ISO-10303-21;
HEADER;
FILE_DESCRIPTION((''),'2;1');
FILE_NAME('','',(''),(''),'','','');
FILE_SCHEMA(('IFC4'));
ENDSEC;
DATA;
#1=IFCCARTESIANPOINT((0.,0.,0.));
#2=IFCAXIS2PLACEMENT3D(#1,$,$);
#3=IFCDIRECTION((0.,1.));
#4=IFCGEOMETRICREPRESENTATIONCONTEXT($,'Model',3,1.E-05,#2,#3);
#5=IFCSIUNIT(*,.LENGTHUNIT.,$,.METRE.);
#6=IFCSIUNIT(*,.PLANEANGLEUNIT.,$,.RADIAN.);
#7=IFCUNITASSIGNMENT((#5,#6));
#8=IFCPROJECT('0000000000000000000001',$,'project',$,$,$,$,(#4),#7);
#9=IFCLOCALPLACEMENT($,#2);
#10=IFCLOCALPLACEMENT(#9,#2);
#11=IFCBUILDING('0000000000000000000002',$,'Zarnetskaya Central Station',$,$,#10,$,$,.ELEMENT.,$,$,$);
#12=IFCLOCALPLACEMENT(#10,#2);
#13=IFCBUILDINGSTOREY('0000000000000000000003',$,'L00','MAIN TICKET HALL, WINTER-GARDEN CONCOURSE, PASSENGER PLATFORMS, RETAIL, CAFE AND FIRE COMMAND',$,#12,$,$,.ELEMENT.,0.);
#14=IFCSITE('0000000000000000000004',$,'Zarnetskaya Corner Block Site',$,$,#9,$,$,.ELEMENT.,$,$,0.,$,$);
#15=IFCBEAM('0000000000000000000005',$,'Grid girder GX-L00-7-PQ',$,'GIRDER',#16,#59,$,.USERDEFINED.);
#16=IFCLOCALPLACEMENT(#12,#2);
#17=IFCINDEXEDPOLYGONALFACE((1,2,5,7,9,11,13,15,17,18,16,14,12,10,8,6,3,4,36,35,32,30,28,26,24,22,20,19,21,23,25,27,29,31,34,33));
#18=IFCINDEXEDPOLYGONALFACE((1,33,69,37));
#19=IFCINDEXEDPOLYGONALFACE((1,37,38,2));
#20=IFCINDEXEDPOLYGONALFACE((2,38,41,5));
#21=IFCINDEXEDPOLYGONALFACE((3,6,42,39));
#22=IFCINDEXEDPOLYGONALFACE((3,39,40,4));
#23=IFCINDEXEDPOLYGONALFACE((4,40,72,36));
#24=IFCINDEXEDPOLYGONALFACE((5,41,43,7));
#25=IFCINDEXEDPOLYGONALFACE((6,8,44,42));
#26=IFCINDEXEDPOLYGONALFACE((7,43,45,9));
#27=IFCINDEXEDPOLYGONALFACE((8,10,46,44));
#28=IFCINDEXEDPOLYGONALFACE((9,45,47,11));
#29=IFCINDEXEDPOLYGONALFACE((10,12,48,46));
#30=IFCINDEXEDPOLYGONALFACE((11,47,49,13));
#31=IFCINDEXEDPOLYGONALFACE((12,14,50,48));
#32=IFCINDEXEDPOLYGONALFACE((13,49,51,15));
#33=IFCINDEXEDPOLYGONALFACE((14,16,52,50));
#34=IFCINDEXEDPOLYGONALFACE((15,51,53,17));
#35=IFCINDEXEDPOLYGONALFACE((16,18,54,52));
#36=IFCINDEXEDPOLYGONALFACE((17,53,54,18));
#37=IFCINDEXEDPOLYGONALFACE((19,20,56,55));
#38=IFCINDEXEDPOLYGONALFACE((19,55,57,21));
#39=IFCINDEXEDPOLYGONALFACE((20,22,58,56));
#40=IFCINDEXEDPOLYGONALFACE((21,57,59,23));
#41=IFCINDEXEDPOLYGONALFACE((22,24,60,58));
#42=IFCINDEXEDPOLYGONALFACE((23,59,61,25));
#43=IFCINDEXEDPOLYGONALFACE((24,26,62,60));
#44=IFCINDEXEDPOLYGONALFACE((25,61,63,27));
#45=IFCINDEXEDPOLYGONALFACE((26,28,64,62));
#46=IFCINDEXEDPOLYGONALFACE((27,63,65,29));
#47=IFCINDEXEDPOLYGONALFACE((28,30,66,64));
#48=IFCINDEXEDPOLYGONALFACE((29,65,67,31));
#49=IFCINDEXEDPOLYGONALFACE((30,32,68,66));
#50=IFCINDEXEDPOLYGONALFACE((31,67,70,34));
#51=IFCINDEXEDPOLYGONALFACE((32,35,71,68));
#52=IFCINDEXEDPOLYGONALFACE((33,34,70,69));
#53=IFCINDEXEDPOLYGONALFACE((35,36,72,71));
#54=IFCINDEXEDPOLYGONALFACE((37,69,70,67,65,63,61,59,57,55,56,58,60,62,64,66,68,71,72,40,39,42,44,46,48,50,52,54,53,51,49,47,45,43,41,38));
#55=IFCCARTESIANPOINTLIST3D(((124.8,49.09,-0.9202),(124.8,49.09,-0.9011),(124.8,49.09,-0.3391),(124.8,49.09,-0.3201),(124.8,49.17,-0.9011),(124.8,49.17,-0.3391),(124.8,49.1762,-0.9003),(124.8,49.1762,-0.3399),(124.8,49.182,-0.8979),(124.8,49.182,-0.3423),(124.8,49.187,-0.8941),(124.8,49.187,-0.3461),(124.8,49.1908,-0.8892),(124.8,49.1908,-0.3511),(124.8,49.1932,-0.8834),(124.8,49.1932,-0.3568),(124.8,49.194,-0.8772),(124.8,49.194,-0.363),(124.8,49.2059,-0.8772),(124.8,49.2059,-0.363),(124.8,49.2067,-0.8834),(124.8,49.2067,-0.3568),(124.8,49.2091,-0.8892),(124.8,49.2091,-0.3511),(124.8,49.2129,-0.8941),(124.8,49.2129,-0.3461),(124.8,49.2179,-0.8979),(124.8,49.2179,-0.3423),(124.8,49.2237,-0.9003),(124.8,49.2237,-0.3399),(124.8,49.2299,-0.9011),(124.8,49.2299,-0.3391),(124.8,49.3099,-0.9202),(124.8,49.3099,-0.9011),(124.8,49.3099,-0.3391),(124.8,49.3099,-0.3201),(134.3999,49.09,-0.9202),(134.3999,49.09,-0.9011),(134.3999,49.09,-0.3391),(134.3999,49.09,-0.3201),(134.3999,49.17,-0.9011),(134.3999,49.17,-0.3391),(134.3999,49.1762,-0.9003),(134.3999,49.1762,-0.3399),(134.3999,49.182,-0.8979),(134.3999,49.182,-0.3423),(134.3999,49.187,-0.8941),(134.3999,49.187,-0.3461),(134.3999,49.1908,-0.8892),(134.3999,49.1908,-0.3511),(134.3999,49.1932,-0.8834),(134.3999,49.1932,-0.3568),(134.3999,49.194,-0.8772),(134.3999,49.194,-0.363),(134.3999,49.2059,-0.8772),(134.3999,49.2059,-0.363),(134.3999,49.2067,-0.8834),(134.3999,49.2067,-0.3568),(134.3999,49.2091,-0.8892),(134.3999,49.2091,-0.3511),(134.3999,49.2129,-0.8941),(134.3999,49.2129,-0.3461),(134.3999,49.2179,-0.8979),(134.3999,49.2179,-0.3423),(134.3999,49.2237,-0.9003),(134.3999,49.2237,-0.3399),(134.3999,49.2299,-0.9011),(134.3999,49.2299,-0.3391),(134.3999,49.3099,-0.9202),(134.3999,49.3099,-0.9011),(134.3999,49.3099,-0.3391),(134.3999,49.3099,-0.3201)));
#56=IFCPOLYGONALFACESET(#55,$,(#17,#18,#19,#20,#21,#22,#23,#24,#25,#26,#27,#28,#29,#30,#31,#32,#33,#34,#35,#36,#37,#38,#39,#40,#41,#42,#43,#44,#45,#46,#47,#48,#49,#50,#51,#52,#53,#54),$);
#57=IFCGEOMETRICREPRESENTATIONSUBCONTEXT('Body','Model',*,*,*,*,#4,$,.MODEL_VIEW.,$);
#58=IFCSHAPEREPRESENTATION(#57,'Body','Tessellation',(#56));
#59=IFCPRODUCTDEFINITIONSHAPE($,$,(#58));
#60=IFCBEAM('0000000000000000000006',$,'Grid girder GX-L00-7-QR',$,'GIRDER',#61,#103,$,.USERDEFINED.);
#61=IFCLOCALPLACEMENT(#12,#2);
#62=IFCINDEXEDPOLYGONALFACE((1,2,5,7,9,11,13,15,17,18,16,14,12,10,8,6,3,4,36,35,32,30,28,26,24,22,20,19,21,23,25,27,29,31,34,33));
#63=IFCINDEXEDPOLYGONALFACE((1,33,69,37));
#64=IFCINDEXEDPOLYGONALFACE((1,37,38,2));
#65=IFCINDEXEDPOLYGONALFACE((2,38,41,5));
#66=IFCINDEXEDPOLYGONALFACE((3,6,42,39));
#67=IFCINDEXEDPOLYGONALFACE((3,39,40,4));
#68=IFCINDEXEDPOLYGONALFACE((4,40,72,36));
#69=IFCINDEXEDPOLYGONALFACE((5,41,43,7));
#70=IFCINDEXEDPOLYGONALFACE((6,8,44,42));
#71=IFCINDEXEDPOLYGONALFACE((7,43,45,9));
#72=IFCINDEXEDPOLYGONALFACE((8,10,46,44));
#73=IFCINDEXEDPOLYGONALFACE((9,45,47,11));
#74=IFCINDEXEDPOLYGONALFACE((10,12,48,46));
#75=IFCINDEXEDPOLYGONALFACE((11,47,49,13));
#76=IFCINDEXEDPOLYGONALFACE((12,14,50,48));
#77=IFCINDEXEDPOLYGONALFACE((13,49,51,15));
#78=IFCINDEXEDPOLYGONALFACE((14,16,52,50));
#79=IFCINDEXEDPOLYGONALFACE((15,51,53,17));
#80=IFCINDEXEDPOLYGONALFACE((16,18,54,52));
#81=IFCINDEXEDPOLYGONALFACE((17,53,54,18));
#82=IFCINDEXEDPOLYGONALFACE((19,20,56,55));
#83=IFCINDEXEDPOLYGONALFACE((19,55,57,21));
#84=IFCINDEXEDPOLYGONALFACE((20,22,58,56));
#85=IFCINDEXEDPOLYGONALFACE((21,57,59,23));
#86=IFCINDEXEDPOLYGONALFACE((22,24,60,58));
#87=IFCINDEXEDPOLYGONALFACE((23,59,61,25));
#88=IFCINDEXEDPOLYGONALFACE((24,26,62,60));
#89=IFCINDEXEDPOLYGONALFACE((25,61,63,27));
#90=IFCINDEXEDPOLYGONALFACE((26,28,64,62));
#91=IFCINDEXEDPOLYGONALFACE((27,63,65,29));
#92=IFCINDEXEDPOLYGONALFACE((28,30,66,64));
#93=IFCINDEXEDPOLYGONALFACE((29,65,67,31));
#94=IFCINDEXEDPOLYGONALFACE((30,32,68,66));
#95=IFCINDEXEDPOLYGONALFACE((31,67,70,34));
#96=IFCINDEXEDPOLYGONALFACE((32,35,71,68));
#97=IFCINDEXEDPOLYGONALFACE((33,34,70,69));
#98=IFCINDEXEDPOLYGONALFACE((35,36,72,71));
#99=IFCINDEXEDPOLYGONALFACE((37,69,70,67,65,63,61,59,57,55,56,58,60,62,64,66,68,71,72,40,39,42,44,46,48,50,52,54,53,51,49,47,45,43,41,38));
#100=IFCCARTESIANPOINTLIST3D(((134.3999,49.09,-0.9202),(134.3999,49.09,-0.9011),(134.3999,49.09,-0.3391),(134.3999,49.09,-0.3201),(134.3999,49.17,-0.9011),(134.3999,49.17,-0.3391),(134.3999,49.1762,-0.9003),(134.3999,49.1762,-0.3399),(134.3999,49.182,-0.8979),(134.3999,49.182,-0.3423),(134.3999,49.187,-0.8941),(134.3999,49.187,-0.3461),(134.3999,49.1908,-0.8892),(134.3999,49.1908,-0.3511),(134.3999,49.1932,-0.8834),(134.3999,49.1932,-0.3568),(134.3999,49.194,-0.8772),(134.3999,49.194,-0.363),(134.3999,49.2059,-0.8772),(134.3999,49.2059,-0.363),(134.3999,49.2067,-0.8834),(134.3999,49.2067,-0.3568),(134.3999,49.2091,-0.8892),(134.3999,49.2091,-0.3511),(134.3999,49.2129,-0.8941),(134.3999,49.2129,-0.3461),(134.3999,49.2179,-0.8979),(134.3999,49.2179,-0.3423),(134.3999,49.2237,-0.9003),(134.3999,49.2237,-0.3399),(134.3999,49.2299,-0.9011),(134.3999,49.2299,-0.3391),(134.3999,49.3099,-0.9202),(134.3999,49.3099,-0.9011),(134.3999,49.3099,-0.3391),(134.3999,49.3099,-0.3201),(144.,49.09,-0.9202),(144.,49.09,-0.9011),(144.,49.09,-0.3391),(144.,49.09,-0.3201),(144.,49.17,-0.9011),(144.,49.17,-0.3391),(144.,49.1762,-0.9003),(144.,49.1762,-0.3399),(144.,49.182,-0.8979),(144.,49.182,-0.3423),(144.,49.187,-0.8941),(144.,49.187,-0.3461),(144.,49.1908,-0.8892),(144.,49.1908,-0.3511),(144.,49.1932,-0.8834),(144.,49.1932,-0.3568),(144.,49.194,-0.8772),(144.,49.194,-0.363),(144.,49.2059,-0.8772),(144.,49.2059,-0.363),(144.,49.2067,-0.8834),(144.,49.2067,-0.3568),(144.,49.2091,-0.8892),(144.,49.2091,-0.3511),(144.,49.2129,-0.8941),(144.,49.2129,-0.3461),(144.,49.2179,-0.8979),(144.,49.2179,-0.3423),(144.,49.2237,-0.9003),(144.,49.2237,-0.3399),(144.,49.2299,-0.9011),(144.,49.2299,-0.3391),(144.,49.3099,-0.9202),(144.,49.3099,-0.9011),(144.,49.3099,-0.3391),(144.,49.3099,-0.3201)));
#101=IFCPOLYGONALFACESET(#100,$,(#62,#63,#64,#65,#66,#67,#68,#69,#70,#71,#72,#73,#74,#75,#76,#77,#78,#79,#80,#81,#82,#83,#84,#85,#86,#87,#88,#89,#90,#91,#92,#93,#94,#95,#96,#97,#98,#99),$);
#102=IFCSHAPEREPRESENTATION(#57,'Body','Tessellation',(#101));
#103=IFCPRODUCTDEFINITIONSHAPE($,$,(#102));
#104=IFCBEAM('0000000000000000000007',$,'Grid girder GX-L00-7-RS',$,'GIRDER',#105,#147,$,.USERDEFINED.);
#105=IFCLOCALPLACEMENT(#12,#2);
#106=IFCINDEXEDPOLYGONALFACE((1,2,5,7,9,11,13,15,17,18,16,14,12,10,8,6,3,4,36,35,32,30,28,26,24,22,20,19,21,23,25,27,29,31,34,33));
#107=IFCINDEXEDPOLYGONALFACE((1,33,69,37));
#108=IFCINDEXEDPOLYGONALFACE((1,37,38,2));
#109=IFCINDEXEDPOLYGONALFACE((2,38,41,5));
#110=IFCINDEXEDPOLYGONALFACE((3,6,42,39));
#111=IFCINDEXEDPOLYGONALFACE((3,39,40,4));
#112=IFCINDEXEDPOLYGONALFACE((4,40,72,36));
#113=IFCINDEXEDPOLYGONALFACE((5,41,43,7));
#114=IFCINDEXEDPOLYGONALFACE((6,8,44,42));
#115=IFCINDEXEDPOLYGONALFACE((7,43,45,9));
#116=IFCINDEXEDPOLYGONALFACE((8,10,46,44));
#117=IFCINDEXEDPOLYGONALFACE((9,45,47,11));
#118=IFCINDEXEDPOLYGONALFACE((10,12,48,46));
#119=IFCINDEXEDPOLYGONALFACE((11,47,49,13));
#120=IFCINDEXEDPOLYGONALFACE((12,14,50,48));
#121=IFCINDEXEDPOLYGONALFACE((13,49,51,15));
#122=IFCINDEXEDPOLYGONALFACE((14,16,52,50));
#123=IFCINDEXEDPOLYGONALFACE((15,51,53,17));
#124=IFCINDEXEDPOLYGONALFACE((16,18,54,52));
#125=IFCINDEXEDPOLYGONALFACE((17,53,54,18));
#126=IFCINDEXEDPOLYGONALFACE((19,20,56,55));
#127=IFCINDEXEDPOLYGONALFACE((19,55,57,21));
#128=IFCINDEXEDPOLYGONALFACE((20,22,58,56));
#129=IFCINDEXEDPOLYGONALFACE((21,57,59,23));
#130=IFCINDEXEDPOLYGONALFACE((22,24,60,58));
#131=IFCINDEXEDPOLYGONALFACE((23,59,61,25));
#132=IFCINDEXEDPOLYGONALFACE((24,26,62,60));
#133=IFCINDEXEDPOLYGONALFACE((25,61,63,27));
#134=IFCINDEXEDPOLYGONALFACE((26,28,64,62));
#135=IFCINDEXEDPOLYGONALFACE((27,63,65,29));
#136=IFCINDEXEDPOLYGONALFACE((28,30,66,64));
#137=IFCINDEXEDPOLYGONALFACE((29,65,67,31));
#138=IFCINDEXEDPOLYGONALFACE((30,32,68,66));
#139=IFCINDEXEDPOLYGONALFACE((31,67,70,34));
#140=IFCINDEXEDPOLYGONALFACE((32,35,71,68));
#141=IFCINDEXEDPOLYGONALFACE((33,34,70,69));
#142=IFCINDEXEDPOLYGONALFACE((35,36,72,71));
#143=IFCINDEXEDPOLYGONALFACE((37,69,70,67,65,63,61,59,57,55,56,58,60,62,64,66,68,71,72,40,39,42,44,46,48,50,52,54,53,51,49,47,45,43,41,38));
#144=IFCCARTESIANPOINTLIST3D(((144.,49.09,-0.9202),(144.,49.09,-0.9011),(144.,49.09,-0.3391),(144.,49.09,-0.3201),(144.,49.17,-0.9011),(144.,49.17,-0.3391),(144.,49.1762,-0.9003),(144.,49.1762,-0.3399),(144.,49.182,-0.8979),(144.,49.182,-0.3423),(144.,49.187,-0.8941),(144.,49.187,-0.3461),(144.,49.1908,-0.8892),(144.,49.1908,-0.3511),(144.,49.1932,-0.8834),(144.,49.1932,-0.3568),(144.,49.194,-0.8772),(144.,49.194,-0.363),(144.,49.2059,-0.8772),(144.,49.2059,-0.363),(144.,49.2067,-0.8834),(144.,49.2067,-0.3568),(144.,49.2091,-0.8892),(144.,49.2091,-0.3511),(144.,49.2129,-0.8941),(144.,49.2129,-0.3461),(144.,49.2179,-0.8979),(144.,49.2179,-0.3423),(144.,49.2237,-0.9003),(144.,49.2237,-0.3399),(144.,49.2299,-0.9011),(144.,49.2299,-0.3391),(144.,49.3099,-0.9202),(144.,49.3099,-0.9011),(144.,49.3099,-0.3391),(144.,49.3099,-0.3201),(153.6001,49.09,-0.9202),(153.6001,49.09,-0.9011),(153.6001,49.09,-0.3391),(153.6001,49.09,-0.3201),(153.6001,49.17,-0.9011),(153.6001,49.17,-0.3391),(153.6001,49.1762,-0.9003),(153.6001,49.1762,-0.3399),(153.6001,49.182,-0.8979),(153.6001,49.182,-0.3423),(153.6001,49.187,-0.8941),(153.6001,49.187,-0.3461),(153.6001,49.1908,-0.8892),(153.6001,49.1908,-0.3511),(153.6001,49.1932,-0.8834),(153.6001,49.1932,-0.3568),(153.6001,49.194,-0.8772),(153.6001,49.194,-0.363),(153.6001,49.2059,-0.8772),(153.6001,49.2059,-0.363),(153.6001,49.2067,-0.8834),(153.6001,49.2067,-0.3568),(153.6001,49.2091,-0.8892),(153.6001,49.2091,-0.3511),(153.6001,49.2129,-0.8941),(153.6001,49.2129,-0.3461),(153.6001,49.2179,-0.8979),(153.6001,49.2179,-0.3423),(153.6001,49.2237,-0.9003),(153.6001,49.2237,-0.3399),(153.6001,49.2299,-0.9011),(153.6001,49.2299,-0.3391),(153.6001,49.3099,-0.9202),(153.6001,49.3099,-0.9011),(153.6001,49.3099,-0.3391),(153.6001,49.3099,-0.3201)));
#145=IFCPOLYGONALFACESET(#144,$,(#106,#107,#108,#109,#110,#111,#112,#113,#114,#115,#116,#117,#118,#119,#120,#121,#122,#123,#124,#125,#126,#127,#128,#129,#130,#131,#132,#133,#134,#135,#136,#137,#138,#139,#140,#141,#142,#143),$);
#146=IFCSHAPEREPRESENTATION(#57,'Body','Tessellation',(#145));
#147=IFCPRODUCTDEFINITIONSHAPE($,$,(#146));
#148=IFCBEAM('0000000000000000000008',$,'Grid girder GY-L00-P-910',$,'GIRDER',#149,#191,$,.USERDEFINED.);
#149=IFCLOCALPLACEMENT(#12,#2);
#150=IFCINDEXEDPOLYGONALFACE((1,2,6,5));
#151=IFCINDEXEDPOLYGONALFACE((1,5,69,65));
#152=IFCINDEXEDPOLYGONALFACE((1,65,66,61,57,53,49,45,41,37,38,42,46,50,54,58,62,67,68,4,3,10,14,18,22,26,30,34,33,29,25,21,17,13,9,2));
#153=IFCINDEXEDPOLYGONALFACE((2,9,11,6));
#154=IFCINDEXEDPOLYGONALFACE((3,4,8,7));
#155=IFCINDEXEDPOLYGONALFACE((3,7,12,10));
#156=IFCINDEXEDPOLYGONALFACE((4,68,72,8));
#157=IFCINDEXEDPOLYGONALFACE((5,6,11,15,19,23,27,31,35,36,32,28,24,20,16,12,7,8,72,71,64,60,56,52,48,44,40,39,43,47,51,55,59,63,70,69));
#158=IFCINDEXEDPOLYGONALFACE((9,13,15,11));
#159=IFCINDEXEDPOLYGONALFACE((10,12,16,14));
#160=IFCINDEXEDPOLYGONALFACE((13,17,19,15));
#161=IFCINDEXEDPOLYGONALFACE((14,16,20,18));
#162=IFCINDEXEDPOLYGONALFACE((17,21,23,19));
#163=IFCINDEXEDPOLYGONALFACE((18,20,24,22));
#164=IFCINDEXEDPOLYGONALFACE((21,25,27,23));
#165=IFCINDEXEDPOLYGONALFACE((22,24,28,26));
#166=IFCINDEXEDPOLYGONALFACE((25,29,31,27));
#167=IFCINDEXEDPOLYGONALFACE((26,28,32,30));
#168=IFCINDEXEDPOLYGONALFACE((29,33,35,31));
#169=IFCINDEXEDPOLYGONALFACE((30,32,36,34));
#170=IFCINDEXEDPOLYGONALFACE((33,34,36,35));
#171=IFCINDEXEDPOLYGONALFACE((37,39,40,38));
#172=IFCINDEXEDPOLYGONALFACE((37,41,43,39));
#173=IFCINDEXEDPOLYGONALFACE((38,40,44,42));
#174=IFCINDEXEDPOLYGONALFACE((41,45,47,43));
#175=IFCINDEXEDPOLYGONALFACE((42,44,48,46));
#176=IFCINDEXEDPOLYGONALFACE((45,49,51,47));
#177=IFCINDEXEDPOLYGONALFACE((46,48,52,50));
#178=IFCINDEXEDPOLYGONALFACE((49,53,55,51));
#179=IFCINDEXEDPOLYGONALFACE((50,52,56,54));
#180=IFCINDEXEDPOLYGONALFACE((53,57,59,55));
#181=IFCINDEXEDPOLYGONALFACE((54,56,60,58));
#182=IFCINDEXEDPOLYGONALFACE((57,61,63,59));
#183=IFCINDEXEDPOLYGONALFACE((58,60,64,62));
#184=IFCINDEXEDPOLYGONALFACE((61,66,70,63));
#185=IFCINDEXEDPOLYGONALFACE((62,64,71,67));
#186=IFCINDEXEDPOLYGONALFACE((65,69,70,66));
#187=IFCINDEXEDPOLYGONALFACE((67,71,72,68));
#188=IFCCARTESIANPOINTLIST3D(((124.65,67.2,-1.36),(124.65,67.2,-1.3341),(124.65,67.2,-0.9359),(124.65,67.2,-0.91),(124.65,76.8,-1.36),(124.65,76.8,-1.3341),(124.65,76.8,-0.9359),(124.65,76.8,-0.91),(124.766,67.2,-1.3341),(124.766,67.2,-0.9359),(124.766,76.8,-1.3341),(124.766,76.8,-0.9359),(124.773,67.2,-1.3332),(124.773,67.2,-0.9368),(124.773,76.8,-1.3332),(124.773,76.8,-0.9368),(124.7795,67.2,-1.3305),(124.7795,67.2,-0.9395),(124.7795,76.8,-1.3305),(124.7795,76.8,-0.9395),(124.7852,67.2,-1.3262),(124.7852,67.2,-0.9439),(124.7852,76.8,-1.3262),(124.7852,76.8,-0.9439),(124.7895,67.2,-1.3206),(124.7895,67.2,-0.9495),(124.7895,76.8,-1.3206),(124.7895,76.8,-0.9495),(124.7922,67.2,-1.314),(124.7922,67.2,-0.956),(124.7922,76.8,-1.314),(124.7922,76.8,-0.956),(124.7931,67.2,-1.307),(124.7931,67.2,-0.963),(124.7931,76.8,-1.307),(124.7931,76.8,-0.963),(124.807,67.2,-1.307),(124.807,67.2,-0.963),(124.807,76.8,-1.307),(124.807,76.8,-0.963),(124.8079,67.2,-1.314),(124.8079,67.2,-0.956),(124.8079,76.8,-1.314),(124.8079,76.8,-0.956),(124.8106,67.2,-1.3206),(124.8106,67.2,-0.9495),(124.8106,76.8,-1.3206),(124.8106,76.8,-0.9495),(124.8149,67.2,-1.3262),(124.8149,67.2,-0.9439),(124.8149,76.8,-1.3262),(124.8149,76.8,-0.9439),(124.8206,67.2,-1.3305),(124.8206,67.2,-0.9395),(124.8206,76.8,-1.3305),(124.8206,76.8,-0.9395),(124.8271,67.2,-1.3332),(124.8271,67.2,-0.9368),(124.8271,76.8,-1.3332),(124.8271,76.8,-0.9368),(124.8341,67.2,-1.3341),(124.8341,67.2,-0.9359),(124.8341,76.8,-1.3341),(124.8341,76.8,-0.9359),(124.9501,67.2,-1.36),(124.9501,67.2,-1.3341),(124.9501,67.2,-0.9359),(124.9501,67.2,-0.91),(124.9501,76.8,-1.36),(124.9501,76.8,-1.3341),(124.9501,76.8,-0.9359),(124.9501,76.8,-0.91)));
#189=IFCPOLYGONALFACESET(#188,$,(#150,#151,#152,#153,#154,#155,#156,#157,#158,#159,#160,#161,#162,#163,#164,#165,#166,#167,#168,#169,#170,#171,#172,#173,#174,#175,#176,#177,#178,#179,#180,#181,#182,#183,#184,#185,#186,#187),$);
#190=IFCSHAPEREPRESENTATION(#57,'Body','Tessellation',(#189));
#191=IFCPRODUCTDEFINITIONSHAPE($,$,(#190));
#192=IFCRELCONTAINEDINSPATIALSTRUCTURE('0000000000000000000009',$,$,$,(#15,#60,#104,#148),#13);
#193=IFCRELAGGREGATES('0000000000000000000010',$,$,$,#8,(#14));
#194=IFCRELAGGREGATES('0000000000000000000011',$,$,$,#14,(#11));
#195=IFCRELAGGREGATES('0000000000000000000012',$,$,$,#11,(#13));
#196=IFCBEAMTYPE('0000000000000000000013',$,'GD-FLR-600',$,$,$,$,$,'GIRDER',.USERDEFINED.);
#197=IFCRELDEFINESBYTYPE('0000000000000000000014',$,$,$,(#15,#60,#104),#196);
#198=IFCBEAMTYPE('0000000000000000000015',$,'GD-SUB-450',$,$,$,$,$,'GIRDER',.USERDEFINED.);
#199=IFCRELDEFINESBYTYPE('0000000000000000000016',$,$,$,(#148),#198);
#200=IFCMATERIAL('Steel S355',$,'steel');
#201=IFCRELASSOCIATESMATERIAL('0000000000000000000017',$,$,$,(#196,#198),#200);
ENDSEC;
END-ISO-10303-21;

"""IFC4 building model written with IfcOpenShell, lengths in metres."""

from ifc_helpers import new_model, si_unit, direction, frame, origin, origin_2d, place, context, subcontext, project, spatial, i_section, extrude, material, material_profile, profile_set, type_object, element, save


model = new_model("IFC4")

# Units and contexts
model_context = context("Model", 3, precision=1e-05, world=origin(), true_north=direction((0.0, 1.0)))
body_context = subcontext(model_context, "Body", "Model", "MODEL_VIEW")
ifc_project = project(units=[si_unit("LENGTHUNIT", "METRE"), si_unit("PLANEANGLEUNIT", "RADIAN")], contexts=[model_context])

# Site, building, storey
site_placement = place(None, origin())
site = spatial("IfcSite", under=ifc_project, at=site_placement, Name="Zarnetskaya Corner Block Site", CompositionType="ELEMENT", RefElevation=0.0)
building_placement = place(site_placement, origin())
building = spatial("IfcBuilding", under=site, at=building_placement, Name="Zarnetskaya Central Station", CompositionType="ELEMENT")
storey_placement = place(building_placement, origin())
storey = spatial("IfcBuildingStorey", under=building, at=storey_placement, Name="L00", Description="MAIN TICKET HALL, WINTER-GARDEN CONCOURSE, PASSENGER PLATFORMS, RETAIL, CAFE AND FIRE COMMAND", CompositionType="ELEMENT", Elevation=0.0)

# Shared definitions
ifc_material_1 = material(Name="Steel S355", Category="steel")

# Beams
ifc_material_profile_1 = material_profile(ifc_material_1, i_section(OverallWidth=0.22, OverallDepth=0.6001, WebThickness=0.012, FlangeThickness=0.019, FilletRadius=0.0239, at=origin_2d()), Name="IPE 600")
ifc_profile_set_1 = profile_set([ifc_material_profile_1], Name="Steel S355")
beam_type_1 = type_object("IfcBeamType", Name="GD-FLR-600", ElementType="GIRDER", PredefinedType="USERDEFINED", material=ifc_profile_set_1)
beam_1_placement = place(storey_placement, frame((124.8, 49.2, -0.6201), z_axis=(1.0, 0.0, 0.0), x_axis=(0.0, 1.0, 0.0)))
element("IfcBeam", 1, at=beam_1_placement, inside=storey, type_object=beam_type_1, Name="Grid girder GX-L00-7-PQ", ObjectType="GIRDER", PredefinedType="USERDEFINED", context=body_context, shape_type="SweptSolid", body=[
    extrude(i_section(OverallWidth=0.22, OverallDepth=0.6001, WebThickness=0.012, FlangeThickness=0.019, FilletRadius=0.0239, at=origin_2d()), origin(), (0.0, 0.0, 1.0), 9.5999),
])
for number, where, z_axis, x_axis, name in (
    (2, (134.3999, 49.2, -0.6201), (1.0, 0.0, 0.0), (0.0, 1.0, 0.0), "Grid girder GX-L00-7-QR"),
    (3, (144.0, 49.2, -0.6201), (1.0, 0.0, 0.0), (0.0, 1.0, 0.0), "Grid girder GX-L00-7-RS"),
):
    element("IfcBeam", number, at=place(storey_placement, frame(where, z_axis=z_axis, x_axis=x_axis)), inside=storey, type_object=beam_type_1, Name=name, ObjectType="GIRDER", PredefinedType="USERDEFINED", context=body_context, shape_type="SweptSolid", body=[
        extrude(i_section(OverallWidth=0.22, OverallDepth=0.6001, WebThickness=0.012, FlangeThickness=0.019, FilletRadius=0.0239, at=origin_2d()), origin(), (0.0, 0.0, 1.0), 9.6001),
    ])
ifc_material_profile_2 = material_profile(ifc_material_1, i_section(OverallWidth=0.3, OverallDepth=0.45, WebThickness=0.0139, FlangeThickness=0.0259, FilletRadius=0.0271, at=origin_2d()), Name="HEB 450")
ifc_profile_set_2 = profile_set([ifc_material_profile_2], Name="Steel S355")
beam_type_2 = type_object("IfcBeamType", Name="GD-SUB-450", ElementType="GIRDER", PredefinedType="USERDEFINED", material=ifc_profile_set_2)
for number, where, z_axis, x_axis, name in (
    (4, (124.8, 67.2, -1.135), (0.0, 1.0, 0.0), (-1.0, 0.0, 0.0), "Grid girder GY-L00-P-910"),
):
    element("IfcBeam", number, at=place(storey_placement, frame(where, z_axis=z_axis, x_axis=x_axis)), inside=storey, type_object=beam_type_2, Name=name, ObjectType="GIRDER", PredefinedType="USERDEFINED", context=body_context, shape_type="SweptSolid", body=[
        extrude(i_section(OverallWidth=0.3, OverallDepth=0.45, WebThickness=0.0139, FlangeThickness=0.0259, FilletRadius=0.0271, at=origin_2d()), origin(), (0.0, 0.0, 1.0), 9.6001),
    ])

save(model, "model.ifc")
